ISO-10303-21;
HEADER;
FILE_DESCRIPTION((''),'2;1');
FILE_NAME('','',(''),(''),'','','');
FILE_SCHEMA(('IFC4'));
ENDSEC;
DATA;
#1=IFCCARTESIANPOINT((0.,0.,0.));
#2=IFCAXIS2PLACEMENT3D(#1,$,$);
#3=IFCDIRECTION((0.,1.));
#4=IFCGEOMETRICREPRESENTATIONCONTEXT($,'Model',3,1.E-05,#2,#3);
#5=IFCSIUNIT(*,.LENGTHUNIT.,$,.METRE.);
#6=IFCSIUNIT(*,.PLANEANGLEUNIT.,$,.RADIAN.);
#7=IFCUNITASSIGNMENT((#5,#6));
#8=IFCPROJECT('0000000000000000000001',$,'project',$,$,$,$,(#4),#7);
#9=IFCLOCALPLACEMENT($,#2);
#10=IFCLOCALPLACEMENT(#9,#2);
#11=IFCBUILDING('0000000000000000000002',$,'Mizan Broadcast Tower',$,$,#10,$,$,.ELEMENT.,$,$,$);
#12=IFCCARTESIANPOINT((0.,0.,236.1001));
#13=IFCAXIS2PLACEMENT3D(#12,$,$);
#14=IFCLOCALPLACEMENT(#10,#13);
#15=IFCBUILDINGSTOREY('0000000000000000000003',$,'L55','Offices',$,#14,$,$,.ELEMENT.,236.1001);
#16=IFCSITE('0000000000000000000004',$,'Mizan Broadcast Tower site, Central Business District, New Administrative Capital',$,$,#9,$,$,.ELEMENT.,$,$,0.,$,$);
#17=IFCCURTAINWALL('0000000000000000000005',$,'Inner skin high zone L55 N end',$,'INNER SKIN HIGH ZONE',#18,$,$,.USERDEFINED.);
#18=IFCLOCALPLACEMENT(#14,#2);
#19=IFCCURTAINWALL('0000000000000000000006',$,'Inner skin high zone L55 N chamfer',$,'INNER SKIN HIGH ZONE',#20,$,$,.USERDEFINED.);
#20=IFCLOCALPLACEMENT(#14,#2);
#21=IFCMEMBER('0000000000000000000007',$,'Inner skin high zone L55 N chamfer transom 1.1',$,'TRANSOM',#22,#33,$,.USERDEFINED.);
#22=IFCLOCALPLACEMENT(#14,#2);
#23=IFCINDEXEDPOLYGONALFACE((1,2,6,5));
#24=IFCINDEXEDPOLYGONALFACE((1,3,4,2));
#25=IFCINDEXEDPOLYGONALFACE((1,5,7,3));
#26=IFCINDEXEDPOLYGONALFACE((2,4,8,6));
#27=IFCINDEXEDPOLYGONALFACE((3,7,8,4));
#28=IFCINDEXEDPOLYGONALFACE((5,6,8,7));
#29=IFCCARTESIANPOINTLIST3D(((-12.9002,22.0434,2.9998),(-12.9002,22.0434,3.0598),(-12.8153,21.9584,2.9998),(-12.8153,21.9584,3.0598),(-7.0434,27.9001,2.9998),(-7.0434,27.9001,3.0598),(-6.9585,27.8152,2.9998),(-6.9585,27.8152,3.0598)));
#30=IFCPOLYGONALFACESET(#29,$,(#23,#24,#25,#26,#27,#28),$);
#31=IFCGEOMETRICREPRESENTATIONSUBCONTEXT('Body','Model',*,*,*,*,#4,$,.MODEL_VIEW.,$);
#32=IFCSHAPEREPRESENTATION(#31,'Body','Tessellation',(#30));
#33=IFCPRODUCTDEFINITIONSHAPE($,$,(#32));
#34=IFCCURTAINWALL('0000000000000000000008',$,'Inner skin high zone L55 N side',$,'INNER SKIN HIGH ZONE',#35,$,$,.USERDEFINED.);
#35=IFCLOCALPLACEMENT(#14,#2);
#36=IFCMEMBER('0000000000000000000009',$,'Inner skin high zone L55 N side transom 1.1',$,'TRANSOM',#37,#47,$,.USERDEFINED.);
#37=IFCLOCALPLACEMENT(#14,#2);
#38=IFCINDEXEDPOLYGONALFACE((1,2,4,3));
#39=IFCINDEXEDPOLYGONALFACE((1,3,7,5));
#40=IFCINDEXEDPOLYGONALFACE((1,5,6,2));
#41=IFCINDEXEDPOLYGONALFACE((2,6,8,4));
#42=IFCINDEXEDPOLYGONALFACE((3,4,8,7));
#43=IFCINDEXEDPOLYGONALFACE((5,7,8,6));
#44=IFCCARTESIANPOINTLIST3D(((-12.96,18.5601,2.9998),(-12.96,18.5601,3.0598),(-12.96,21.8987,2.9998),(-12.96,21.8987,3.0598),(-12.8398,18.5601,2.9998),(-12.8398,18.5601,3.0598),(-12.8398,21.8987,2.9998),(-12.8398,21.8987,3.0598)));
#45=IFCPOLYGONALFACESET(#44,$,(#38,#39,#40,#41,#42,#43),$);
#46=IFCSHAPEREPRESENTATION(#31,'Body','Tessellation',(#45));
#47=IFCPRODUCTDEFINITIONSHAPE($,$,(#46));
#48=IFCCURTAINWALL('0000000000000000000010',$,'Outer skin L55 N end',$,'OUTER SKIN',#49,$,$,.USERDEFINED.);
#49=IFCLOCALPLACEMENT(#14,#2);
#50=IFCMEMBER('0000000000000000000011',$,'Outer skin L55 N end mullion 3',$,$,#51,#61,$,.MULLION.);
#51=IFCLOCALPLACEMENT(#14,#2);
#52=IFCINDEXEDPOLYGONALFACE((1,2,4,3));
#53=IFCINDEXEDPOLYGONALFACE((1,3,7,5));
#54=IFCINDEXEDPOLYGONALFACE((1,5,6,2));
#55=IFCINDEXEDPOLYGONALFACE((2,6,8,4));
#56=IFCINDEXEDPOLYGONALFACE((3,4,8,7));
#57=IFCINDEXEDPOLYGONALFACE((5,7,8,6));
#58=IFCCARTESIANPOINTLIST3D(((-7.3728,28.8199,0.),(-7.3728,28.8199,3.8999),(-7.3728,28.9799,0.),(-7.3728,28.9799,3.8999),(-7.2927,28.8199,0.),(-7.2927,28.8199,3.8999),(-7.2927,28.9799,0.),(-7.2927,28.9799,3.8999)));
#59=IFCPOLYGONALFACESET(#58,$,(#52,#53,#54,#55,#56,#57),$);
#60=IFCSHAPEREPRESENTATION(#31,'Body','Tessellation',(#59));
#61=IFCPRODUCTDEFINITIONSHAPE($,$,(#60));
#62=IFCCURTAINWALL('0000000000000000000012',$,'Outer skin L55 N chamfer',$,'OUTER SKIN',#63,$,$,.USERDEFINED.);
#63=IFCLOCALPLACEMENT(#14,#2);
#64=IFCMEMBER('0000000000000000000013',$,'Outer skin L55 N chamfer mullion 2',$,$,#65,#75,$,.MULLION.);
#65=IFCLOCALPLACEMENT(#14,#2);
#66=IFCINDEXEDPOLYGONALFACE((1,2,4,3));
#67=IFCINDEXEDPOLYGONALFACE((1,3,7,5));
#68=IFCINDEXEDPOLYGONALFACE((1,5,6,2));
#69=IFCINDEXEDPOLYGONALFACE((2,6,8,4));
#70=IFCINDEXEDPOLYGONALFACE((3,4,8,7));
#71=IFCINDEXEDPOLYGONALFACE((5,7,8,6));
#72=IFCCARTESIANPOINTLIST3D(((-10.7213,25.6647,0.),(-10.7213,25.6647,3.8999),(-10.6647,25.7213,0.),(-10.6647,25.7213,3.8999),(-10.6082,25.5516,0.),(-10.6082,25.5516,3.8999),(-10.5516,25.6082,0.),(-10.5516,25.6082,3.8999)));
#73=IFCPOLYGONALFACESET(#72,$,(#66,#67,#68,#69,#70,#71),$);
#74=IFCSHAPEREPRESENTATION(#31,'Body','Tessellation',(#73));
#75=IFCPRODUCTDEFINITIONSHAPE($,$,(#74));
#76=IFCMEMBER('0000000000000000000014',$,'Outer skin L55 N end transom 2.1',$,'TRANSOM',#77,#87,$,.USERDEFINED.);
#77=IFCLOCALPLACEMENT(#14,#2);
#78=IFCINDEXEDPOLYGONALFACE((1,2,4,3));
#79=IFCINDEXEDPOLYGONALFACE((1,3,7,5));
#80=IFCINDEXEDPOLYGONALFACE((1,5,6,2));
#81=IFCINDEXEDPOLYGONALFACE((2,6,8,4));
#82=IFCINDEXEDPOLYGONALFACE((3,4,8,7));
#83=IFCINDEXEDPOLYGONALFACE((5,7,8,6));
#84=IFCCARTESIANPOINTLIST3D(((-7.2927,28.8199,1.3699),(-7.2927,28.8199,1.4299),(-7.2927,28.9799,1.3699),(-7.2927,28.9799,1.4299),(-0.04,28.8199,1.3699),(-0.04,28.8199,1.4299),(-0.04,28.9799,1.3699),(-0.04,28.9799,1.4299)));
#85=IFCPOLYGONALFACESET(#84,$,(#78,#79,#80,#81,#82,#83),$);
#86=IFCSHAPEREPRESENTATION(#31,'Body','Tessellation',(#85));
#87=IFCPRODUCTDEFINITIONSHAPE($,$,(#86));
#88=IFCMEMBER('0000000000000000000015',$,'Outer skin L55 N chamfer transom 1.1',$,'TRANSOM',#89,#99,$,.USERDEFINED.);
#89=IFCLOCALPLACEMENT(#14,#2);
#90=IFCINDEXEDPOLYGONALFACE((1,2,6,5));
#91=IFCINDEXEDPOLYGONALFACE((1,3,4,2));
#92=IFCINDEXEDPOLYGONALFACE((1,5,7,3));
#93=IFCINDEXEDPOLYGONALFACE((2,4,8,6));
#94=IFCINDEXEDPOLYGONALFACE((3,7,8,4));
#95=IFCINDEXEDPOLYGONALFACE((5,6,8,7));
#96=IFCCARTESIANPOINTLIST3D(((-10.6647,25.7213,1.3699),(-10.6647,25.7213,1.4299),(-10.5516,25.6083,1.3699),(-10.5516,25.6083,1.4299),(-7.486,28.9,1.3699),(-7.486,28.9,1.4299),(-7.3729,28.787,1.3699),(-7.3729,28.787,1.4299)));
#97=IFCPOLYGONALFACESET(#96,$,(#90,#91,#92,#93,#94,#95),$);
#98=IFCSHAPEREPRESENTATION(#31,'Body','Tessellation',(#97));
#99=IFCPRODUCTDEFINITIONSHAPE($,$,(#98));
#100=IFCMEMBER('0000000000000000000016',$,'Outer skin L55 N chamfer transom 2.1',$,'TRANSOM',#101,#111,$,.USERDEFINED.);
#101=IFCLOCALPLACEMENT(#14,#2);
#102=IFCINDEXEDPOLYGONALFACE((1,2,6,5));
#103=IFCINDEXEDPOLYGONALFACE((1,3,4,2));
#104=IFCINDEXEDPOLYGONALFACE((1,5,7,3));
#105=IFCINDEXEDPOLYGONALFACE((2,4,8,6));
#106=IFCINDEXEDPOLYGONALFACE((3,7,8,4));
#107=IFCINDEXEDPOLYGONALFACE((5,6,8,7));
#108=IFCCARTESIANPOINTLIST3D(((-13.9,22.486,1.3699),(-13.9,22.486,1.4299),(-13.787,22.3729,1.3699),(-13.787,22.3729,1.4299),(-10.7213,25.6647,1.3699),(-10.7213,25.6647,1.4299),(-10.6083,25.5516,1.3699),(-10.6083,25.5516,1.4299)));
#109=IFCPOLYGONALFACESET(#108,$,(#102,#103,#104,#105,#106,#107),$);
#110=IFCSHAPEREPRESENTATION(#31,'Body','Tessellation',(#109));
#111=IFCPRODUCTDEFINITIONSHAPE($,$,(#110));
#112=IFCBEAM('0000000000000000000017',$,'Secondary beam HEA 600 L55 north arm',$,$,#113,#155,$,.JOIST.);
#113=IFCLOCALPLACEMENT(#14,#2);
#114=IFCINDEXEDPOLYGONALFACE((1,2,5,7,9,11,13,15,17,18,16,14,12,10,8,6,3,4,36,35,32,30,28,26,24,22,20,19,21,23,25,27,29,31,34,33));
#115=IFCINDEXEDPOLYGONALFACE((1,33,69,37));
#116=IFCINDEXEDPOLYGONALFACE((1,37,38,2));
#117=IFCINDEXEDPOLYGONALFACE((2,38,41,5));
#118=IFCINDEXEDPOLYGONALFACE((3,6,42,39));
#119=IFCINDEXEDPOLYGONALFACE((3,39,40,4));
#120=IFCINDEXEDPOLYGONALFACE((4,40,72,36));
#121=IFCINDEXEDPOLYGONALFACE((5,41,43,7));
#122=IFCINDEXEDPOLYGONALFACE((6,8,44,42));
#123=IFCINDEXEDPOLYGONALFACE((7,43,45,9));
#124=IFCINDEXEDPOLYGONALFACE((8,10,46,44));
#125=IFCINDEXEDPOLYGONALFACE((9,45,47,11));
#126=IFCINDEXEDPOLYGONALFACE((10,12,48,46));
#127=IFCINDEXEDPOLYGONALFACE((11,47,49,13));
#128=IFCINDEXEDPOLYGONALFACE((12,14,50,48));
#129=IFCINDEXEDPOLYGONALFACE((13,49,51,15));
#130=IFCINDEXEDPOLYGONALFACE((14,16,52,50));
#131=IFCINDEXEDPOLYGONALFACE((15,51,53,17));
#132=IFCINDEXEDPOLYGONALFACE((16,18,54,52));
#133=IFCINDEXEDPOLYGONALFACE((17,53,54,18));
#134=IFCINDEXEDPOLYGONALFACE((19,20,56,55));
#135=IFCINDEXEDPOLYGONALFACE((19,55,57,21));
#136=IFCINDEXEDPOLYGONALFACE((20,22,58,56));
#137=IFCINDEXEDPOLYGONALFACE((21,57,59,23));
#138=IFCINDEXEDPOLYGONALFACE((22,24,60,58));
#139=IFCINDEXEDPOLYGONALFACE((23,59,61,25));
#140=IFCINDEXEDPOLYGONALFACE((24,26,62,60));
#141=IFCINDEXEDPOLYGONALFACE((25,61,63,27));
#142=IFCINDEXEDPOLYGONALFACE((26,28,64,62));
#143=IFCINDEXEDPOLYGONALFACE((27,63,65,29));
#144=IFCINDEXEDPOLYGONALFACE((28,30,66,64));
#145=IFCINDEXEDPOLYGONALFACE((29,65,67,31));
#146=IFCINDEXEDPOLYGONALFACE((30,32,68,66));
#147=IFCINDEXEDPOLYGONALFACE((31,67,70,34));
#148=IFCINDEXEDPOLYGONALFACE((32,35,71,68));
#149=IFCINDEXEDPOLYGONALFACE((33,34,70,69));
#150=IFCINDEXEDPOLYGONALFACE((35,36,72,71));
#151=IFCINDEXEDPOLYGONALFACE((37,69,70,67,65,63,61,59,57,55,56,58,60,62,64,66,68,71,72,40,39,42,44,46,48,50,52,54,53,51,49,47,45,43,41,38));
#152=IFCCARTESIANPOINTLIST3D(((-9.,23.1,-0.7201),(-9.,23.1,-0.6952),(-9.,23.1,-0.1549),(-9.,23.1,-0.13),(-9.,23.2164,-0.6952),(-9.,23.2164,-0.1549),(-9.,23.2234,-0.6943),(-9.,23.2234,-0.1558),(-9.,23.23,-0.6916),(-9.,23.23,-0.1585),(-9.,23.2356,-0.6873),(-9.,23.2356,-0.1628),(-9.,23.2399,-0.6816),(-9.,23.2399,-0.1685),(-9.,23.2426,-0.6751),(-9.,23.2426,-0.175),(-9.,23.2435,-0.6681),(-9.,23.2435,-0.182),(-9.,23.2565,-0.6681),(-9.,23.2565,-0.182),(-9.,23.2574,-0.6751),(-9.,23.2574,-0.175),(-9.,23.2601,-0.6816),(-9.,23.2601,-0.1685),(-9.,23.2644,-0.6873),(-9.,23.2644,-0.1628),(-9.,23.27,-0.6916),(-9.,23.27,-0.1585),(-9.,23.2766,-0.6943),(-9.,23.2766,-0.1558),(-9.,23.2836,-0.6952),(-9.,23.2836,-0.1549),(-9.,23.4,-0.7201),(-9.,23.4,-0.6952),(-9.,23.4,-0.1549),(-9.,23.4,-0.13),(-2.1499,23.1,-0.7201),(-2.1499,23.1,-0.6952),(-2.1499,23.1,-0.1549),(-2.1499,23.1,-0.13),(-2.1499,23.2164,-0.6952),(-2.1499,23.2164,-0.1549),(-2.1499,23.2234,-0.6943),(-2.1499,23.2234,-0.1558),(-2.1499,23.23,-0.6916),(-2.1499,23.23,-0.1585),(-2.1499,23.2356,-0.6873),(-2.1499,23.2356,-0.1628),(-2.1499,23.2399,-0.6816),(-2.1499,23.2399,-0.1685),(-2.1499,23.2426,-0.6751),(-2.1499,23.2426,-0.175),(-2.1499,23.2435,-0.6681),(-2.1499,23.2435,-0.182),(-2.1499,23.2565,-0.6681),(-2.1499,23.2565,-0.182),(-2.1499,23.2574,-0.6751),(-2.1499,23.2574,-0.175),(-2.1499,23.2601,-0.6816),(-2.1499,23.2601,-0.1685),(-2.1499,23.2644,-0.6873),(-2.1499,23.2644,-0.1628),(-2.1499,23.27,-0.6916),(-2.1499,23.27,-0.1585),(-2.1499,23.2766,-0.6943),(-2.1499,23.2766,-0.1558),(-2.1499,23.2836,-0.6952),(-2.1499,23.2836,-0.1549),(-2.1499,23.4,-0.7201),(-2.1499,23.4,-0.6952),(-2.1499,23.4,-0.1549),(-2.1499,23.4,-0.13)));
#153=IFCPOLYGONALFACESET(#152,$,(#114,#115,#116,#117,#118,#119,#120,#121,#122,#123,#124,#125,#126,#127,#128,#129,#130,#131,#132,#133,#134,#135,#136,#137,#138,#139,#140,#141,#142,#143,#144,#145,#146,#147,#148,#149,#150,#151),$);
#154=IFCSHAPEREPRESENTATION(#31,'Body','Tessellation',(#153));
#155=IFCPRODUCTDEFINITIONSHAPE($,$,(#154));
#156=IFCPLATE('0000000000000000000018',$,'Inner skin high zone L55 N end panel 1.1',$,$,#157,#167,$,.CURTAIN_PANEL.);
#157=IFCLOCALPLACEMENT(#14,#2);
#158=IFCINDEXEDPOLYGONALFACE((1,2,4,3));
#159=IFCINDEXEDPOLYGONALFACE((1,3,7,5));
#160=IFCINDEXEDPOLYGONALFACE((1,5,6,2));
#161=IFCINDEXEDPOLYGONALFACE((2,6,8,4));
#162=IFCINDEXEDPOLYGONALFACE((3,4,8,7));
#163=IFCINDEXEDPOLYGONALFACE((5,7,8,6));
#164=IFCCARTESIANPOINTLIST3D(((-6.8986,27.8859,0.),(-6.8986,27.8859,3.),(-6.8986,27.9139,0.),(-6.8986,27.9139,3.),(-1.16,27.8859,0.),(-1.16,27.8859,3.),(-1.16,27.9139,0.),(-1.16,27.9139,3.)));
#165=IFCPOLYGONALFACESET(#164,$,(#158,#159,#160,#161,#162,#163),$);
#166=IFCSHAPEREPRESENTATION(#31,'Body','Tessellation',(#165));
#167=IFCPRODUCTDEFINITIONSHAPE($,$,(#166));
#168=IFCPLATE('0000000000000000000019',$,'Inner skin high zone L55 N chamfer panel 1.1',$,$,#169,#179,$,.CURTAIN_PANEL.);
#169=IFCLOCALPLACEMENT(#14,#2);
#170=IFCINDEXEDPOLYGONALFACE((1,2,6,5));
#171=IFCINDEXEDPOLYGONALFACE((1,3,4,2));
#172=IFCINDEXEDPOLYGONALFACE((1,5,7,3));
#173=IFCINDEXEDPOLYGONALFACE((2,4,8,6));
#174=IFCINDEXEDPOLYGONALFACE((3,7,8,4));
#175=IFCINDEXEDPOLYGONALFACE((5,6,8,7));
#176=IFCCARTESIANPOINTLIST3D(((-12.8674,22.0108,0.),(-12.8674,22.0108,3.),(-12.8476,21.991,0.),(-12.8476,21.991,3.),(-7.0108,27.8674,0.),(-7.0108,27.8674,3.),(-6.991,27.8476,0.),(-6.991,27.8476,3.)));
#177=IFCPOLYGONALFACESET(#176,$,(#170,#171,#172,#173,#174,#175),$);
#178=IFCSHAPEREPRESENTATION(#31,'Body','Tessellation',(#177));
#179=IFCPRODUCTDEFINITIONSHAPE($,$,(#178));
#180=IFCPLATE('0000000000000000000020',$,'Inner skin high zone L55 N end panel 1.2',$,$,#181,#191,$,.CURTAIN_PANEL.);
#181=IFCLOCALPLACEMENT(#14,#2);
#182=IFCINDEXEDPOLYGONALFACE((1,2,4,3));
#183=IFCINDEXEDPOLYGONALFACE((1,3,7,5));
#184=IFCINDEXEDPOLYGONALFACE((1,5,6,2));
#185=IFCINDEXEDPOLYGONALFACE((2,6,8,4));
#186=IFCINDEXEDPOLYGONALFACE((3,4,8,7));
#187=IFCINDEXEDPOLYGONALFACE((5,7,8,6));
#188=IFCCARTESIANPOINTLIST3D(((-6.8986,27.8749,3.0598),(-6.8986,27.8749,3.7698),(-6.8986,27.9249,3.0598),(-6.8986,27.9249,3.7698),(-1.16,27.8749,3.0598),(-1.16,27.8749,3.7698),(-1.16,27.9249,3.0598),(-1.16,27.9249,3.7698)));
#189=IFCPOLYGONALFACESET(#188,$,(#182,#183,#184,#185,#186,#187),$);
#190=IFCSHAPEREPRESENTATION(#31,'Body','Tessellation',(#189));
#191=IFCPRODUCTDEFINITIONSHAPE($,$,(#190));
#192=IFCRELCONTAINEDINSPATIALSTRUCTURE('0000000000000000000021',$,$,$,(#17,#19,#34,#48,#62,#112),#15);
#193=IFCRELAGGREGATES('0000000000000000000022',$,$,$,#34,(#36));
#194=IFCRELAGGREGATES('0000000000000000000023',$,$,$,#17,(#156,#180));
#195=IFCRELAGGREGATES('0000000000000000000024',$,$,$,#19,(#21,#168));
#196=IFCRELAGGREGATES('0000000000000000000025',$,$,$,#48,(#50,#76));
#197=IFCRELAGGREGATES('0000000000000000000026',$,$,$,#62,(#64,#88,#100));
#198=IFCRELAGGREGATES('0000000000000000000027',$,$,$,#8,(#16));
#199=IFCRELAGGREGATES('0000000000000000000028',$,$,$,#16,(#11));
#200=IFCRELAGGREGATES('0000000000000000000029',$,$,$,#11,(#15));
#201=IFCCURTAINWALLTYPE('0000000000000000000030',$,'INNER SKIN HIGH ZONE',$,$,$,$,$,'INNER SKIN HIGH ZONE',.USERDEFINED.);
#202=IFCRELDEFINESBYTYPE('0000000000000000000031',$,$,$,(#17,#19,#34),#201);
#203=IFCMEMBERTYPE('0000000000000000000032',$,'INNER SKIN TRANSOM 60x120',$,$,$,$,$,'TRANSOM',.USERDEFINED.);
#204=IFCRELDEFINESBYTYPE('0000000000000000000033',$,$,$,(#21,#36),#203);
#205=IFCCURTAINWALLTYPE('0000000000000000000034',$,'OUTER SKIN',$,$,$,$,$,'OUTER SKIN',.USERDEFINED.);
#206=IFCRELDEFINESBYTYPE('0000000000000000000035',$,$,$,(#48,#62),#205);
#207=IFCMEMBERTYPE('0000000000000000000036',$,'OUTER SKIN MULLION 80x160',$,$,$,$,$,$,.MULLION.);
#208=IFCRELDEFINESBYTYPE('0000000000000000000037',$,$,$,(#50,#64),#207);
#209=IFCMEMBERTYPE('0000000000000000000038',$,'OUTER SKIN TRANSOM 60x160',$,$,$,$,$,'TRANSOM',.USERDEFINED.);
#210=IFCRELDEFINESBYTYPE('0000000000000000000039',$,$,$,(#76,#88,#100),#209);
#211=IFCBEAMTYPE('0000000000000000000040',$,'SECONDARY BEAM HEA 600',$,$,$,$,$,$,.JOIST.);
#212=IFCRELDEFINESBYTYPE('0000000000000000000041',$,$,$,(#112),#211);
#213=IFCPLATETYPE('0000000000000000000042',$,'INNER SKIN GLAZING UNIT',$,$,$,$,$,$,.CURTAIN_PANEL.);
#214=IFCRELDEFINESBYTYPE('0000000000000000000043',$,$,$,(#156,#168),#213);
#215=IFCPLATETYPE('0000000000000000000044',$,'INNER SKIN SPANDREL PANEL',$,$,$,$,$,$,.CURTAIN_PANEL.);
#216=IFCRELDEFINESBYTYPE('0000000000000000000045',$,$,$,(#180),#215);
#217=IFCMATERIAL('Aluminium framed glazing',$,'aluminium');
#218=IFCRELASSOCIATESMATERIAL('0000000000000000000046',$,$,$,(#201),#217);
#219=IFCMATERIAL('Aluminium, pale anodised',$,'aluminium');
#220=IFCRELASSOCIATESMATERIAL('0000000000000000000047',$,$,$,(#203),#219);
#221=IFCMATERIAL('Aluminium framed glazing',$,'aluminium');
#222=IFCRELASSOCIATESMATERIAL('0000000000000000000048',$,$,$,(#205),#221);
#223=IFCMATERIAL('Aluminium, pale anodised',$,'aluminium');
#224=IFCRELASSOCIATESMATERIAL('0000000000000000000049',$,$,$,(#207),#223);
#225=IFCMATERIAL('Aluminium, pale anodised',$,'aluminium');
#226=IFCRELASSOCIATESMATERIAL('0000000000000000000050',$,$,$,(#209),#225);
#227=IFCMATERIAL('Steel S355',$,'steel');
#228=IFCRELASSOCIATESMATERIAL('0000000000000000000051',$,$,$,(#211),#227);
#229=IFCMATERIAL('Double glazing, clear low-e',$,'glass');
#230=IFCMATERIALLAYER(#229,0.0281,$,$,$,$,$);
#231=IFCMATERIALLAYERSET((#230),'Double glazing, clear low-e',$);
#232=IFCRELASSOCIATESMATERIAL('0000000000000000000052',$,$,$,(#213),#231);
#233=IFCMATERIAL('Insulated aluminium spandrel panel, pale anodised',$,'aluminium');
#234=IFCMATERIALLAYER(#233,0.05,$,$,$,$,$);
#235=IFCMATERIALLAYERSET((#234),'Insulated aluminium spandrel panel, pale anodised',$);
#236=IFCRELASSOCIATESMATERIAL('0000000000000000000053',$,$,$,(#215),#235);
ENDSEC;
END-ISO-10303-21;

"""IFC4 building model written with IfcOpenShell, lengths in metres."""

from ifc_helpers import new_model, si_unit, direction, frame, origin, origin_2d, place, context, subcontext, project, spatial, rectangle, i_section, extrude, material, layer, layer_set, material_profile, profile_set, type_object, element, aggregate, save


model = new_model("IFC4")

# Units and contexts
model_context = context("Model", 3, precision=1e-05, world=origin(), true_north=direction((0.0, 1.0)))
body_context = subcontext(model_context, "Body", "Model", "MODEL_VIEW")
ifc_project = project(units=[si_unit("LENGTHUNIT", "METRE"), si_unit("PLANEANGLEUNIT", "RADIAN")], contexts=[model_context])

# Site, building, storey
site_placement = place(None, origin())
site = spatial("IfcSite", under=ifc_project, at=site_placement, Name="Mizan Broadcast Tower site, Central Business District, New Administrative Capital", CompositionType="ELEMENT", RefElevation=0.0)
building_placement = place(site_placement, origin())
building = spatial("IfcBuilding", under=site, at=building_placement, Name="Mizan Broadcast Tower", CompositionType="ELEMENT")
storey_placement = place(building_placement, frame((0.0, 0.0, 236.1001)))
storey = spatial("IfcBuildingStorey", under=building, at=storey_placement, Name="L55", Description="Offices", CompositionType="ELEMENT", Elevation=236.1001)

# Curtain wall
ifc_material_1 = material(Name="Aluminium framed glazing", Category="aluminium")
curtain_wall_type_1 = type_object("IfcCurtainWallType", Name="INNER SKIN HIGH ZONE", ElementType="INNER SKIN HIGH ZONE", PredefinedType="USERDEFINED", material=ifc_material_1)
curtain_wall_1_placement = place(storey_placement, origin())
curtain_wall_1 = element("IfcCurtainWall", 1, at=curtain_wall_1_placement, inside=storey, type_object=curtain_wall_type_1, Name="Inner skin high zone L55 N end", ObjectType="INNER SKIN HIGH ZONE", PredefinedType="USERDEFINED")

# Curtain wall
curtain_wall_2_placement = place(storey_placement, origin())
curtain_wall_2 = element("IfcCurtainWall", 2, at=curtain_wall_2_placement, inside=storey, type_object=curtain_wall_type_1, Name="Inner skin high zone L55 N chamfer", ObjectType="INNER SKIN HIGH ZONE", PredefinedType="USERDEFINED")

# Member
ifc_material_2 = material(Name="Aluminium, pale anodised", Category="aluminium")
ifc_material_profile_1 = material_profile(ifc_material_2, rectangle(XDim=0.1201, YDim=0.0601, at=origin_2d()), Name="TRANSOM 120x60")
ifc_profile_set_1 = profile_set([ifc_material_profile_1], Name="Aluminium, pale anodised")
member_type_1 = type_object("IfcMemberType", Name="INNER SKIN TRANSOM 60x120", ElementType="TRANSOM", PredefinedType="USERDEFINED", material=ifc_profile_set_1)
member_1_placement = place(storey_placement, frame((-7.001, 27.8577, 3.0298), z_axis=(-0.707107, -0.707107, 0.0), x_axis=(0.707107, -0.707107, 0.0)))
member_1 = element("IfcMember", 3, at=member_1_placement, type_object=member_type_1, Name="Inner skin high zone L55 N chamfer transom 1.1", ObjectType="TRANSOM", PredefinedType="USERDEFINED", context=body_context, shape_type="SweptSolid", body=[
    extrude(rectangle(XDim=0.1201, YDim=0.0601, at=origin_2d()), origin(), (0.0, 0.0, 1.0), 8.2827),
])

# Curtain walls, members
curtain_wall_3_placement = place(storey_placement, origin())
curtain_wall_3 = element("IfcCurtainWall", 4, at=curtain_wall_3_placement, inside=storey, type_object=curtain_wall_type_1, Name="Inner skin high zone L55 N side", ObjectType="INNER SKIN HIGH ZONE", PredefinedType="USERDEFINED")
member_2_placement = place(storey_placement, frame((-12.8999, 21.8987, 3.0298), z_axis=(0.0, -1.0, 0.0), x_axis=(1.0, 0.0, 0.0)))
member_2 = element("IfcMember", 5, at=member_2_placement, type_object=member_type_1, Name="Inner skin high zone L55 N side transom 1.1", ObjectType="TRANSOM", PredefinedType="USERDEFINED", context=body_context, shape_type="SweptSolid", body=[
    extrude(rectangle(XDim=0.1201, YDim=0.0601, at=origin_2d()), origin(), (0.0, 0.0, 1.0), 3.3386),
])
aggregate(curtain_wall_3, [member_2])
ifc_material_3 = material(Name="Aluminium framed glazing", Category="aluminium")
curtain_wall_type_2 = type_object("IfcCurtainWallType", Name="OUTER SKIN", ElementType="OUTER SKIN", PredefinedType="USERDEFINED", material=ifc_material_3)
curtain_wall_4_placement = place(storey_placement, origin())
curtain_wall_4 = element("IfcCurtainWall", 6, at=curtain_wall_4_placement, inside=storey, type_object=curtain_wall_type_2, Name="Outer skin L55 N end", ObjectType="OUTER SKIN", PredefinedType="USERDEFINED")
ifc_material_4 = material(Name="Aluminium, pale anodised", Category="aluminium")
ifc_material_profile_2 = material_profile(ifc_material_4, rectangle(XDim=0.1599, YDim=0.0801, at=origin_2d()), Name="MULLION 160x80")
ifc_profile_set_2 = profile_set([ifc_material_profile_2], Name="Aluminium, pale anodised")
member_type_2 = type_object("IfcMemberType", Name="OUTER SKIN MULLION 80x160", PredefinedType="MULLION", material=ifc_profile_set_2)
member_3_placement = place(storey_placement, frame((-7.3328, 28.8999, 0.0), z_axis=(0.0, 0.0, 1.0), x_axis=(0.0, -1.0, 0.0)))
member_3 = element("IfcMember", 7, at=member_3_placement, type_object=member_type_2, Name="Outer skin L55 N end mullion 3", PredefinedType="MULLION", context=body_context, shape_type="SweptSolid", body=[
    extrude(rectangle(XDim=0.1599, YDim=0.0801, at=origin_2d()), origin(), (0.0, 0.0, 1.0), 3.8999),
])
curtain_wall_5_placement = place(storey_placement, origin())
curtain_wall_5 = element("IfcCurtainWall", 8, at=curtain_wall_5_placement, inside=storey, type_object=curtain_wall_type_2, Name="Outer skin L55 N chamfer", ObjectType="OUTER SKIN", PredefinedType="USERDEFINED")
member_4_placement = place(storey_placement, frame((-10.6365, 25.6365, 0.0), z_axis=(0.0, 0.0, 1.0), x_axis=(0.707107, -0.707107, 0.0)))
member_4 = element("IfcMember", 9, at=member_4_placement, type_object=member_type_2, Name="Outer skin L55 N chamfer mullion 2", PredefinedType="MULLION", context=body_context, shape_type="SweptSolid", body=[
    extrude(rectangle(XDim=0.1599, YDim=0.0801, at=origin_2d()), origin(), (0.0, 0.0, 1.0), 3.8999),
])

# Members
ifc_material_5 = material(Name="Aluminium, pale anodised", Category="aluminium")
ifc_material_profile_3 = material_profile(ifc_material_5, rectangle(XDim=0.1599, YDim=0.0601, at=origin_2d()), Name="TRANSOM 160x60")
ifc_profile_set_3 = profile_set([ifc_material_profile_3], Name="Aluminium, pale anodised")
member_type_3 = type_object("IfcMemberType", Name="OUTER SKIN TRANSOM 60x160", ElementType="TRANSOM", PredefinedType="USERDEFINED", material=ifc_profile_set_3)
member_5_placement = place(storey_placement, frame((-0.04, 28.8999, 1.3999), z_axis=(-1.0, 0.0, 0.0), x_axis=(0.0, -1.0, 0.0)))
member_5 = element("IfcMember", 10, at=member_5_placement, type_object=member_type_3, Name="Outer skin L55 N end transom 2.1", ObjectType="TRANSOM", PredefinedType="USERDEFINED", context=body_context, shape_type="SweptSolid", body=[
    extrude(rectangle(XDim=0.1599, YDim=0.0601, at=origin_2d()), origin(), (0.0, 0.0, 1.0), 7.2527),
])
member_6_placement = place(storey_placement, frame((-7.4294, 28.8435, 1.3999), z_axis=(-0.707107, -0.707107, 0.0), x_axis=(0.707107, -0.707107, 0.0)))
member_6 = element("IfcMember", 11, at=member_6_placement, type_object=member_type_3, Name="Outer skin L55 N chamfer transom 1.1", ObjectType="TRANSOM", PredefinedType="USERDEFINED", context=body_context, shape_type="SweptSolid", body=[
    extrude(rectangle(XDim=0.1599, YDim=0.0601, at=origin_2d()), origin(), (0.0, 0.0, 1.0), 4.4954),
])
member_7_placement = place(storey_placement, frame((-10.6648, 25.6082, 1.3999), z_axis=(-0.707107, -0.707107, 0.0), x_axis=(0.707107, -0.707107, 0.0)))
member_7 = element("IfcMember", 12, at=member_7_placement, type_object=member_type_3, Name="Outer skin L55 N chamfer transom 2.1", ObjectType="TRANSOM", PredefinedType="USERDEFINED", context=body_context, shape_type="SweptSolid", body=[
    extrude(rectangle(XDim=0.1599, YDim=0.0601, at=origin_2d()), origin(), (0.0, 0.0, 1.0), 4.4954),
])

# Beam
ifc_material_6 = material(Name="Steel S355", Category="steel")
ifc_material_profile_4 = material_profile(ifc_material_6, i_section(OverallWidth=0.3, OverallDepth=0.5901, WebThickness=0.0129, FlangeThickness=0.0249, FilletRadius=0.0271, at=origin_2d()), Name="HEA 600")
ifc_profile_set_4 = profile_set([ifc_material_profile_4], Name="Steel S355")
beam_type_1 = type_object("IfcBeamType", Name="SECONDARY BEAM HEA 600", PredefinedType="JOIST", material=ifc_profile_set_4)
beam_1_placement = place(storey_placement, frame((-9.0, 23.25, -0.425), z_axis=(1.0, 0.0, 0.0), x_axis=(0.0, 1.0, 0.0)))
element("IfcBeam", 13, at=beam_1_placement, inside=storey, type_object=beam_type_1, Name="Secondary beam HEA 600 L55 north arm", PredefinedType="JOIST", context=body_context, shape_type="SweptSolid", body=[
    extrude(i_section(OverallWidth=0.3, OverallDepth=0.5901, WebThickness=0.0129, FlangeThickness=0.0249, FilletRadius=0.0271, at=origin_2d()), origin(), (0.0, 0.0, 1.0), 6.8501),
])

# Plates
ifc_material_7 = material(Name="Double glazing, clear low-e", Category="glass")
ifc_layer_1 = layer(ifc_material_7, 0.0281)
ifc_layer_set_1 = layer_set([ifc_layer_1], Name="Double glazing, clear low-e")
plate_type_1 = type_object("IfcPlateType", Name="INNER SKIN GLAZING UNIT", PredefinedType="CURTAIN_PANEL", material=ifc_layer_set_1)
plate_1_placement = place(storey_placement, frame((-4.0293, 27.8999, 0.0), z_axis=(0.0, 0.0, 1.0), x_axis=(-1.0, 0.0, 0.0)))
plate_1 = element("IfcPlate", 14, at=plate_1_placement, type_object=plate_type_1, Name="Inner skin high zone L55 N end panel 1.1", PredefinedType="CURTAIN_PANEL", context=body_context, shape_type="SweptSolid", body=[
    extrude(rectangle(XDim=5.7385, YDim=0.0281, at=origin_2d()), origin(), (0.0, 0.0, 1.0), 3.0),
])
plate_2_placement = place(storey_placement, frame((-9.9292, 24.9292, 0.0), z_axis=(0.0, 0.0, 1.0), x_axis=(-0.707107, -0.707107, 0.0)))
plate_2 = element("IfcPlate", 15, at=plate_2_placement, type_object=plate_type_1, Name="Inner skin high zone L55 N chamfer panel 1.1", PredefinedType="CURTAIN_PANEL", context=body_context, shape_type="SweptSolid", body=[
    extrude(rectangle(XDim=8.2825, YDim=0.0281, at=origin_2d()), origin(), (0.0, 0.0, 1.0), 3.0),
])
ifc_material_8 = material(Name="Insulated aluminium spandrel panel, pale anodised", Category="aluminium")
ifc_layer_2 = layer(ifc_material_8, 0.05)
ifc_layer_set_2 = layer_set([ifc_layer_2], Name="Insulated aluminium spandrel panel, pale anodised")
plate_type_2 = type_object("IfcPlateType", Name="INNER SKIN SPANDREL PANEL", PredefinedType="CURTAIN_PANEL", material=ifc_layer_set_2)
plate_3_placement = place(storey_placement, frame((-4.0293, 27.8999, 3.0598), z_axis=(0.0, 0.0, 1.0), x_axis=(-1.0, 0.0, 0.0)))
plate_3 = element("IfcPlate", 16, at=plate_3_placement, type_object=plate_type_2, Name="Inner skin high zone L55 N end panel 1.2", PredefinedType="CURTAIN_PANEL", context=body_context, shape_type="SweptSolid", body=[
    extrude(rectangle(XDim=5.7385, YDim=0.05, at=origin_2d()), origin(), (0.0, 0.0, 1.0), 0.71),
])
aggregate(curtain_wall_1, [plate_1, plate_3])
aggregate(curtain_wall_2, [member_1, plate_2])
aggregate(curtain_wall_4, [member_3, member_5])
aggregate(curtain_wall_5, [member_4, member_6, member_7])

save(model, "model.ifc")
